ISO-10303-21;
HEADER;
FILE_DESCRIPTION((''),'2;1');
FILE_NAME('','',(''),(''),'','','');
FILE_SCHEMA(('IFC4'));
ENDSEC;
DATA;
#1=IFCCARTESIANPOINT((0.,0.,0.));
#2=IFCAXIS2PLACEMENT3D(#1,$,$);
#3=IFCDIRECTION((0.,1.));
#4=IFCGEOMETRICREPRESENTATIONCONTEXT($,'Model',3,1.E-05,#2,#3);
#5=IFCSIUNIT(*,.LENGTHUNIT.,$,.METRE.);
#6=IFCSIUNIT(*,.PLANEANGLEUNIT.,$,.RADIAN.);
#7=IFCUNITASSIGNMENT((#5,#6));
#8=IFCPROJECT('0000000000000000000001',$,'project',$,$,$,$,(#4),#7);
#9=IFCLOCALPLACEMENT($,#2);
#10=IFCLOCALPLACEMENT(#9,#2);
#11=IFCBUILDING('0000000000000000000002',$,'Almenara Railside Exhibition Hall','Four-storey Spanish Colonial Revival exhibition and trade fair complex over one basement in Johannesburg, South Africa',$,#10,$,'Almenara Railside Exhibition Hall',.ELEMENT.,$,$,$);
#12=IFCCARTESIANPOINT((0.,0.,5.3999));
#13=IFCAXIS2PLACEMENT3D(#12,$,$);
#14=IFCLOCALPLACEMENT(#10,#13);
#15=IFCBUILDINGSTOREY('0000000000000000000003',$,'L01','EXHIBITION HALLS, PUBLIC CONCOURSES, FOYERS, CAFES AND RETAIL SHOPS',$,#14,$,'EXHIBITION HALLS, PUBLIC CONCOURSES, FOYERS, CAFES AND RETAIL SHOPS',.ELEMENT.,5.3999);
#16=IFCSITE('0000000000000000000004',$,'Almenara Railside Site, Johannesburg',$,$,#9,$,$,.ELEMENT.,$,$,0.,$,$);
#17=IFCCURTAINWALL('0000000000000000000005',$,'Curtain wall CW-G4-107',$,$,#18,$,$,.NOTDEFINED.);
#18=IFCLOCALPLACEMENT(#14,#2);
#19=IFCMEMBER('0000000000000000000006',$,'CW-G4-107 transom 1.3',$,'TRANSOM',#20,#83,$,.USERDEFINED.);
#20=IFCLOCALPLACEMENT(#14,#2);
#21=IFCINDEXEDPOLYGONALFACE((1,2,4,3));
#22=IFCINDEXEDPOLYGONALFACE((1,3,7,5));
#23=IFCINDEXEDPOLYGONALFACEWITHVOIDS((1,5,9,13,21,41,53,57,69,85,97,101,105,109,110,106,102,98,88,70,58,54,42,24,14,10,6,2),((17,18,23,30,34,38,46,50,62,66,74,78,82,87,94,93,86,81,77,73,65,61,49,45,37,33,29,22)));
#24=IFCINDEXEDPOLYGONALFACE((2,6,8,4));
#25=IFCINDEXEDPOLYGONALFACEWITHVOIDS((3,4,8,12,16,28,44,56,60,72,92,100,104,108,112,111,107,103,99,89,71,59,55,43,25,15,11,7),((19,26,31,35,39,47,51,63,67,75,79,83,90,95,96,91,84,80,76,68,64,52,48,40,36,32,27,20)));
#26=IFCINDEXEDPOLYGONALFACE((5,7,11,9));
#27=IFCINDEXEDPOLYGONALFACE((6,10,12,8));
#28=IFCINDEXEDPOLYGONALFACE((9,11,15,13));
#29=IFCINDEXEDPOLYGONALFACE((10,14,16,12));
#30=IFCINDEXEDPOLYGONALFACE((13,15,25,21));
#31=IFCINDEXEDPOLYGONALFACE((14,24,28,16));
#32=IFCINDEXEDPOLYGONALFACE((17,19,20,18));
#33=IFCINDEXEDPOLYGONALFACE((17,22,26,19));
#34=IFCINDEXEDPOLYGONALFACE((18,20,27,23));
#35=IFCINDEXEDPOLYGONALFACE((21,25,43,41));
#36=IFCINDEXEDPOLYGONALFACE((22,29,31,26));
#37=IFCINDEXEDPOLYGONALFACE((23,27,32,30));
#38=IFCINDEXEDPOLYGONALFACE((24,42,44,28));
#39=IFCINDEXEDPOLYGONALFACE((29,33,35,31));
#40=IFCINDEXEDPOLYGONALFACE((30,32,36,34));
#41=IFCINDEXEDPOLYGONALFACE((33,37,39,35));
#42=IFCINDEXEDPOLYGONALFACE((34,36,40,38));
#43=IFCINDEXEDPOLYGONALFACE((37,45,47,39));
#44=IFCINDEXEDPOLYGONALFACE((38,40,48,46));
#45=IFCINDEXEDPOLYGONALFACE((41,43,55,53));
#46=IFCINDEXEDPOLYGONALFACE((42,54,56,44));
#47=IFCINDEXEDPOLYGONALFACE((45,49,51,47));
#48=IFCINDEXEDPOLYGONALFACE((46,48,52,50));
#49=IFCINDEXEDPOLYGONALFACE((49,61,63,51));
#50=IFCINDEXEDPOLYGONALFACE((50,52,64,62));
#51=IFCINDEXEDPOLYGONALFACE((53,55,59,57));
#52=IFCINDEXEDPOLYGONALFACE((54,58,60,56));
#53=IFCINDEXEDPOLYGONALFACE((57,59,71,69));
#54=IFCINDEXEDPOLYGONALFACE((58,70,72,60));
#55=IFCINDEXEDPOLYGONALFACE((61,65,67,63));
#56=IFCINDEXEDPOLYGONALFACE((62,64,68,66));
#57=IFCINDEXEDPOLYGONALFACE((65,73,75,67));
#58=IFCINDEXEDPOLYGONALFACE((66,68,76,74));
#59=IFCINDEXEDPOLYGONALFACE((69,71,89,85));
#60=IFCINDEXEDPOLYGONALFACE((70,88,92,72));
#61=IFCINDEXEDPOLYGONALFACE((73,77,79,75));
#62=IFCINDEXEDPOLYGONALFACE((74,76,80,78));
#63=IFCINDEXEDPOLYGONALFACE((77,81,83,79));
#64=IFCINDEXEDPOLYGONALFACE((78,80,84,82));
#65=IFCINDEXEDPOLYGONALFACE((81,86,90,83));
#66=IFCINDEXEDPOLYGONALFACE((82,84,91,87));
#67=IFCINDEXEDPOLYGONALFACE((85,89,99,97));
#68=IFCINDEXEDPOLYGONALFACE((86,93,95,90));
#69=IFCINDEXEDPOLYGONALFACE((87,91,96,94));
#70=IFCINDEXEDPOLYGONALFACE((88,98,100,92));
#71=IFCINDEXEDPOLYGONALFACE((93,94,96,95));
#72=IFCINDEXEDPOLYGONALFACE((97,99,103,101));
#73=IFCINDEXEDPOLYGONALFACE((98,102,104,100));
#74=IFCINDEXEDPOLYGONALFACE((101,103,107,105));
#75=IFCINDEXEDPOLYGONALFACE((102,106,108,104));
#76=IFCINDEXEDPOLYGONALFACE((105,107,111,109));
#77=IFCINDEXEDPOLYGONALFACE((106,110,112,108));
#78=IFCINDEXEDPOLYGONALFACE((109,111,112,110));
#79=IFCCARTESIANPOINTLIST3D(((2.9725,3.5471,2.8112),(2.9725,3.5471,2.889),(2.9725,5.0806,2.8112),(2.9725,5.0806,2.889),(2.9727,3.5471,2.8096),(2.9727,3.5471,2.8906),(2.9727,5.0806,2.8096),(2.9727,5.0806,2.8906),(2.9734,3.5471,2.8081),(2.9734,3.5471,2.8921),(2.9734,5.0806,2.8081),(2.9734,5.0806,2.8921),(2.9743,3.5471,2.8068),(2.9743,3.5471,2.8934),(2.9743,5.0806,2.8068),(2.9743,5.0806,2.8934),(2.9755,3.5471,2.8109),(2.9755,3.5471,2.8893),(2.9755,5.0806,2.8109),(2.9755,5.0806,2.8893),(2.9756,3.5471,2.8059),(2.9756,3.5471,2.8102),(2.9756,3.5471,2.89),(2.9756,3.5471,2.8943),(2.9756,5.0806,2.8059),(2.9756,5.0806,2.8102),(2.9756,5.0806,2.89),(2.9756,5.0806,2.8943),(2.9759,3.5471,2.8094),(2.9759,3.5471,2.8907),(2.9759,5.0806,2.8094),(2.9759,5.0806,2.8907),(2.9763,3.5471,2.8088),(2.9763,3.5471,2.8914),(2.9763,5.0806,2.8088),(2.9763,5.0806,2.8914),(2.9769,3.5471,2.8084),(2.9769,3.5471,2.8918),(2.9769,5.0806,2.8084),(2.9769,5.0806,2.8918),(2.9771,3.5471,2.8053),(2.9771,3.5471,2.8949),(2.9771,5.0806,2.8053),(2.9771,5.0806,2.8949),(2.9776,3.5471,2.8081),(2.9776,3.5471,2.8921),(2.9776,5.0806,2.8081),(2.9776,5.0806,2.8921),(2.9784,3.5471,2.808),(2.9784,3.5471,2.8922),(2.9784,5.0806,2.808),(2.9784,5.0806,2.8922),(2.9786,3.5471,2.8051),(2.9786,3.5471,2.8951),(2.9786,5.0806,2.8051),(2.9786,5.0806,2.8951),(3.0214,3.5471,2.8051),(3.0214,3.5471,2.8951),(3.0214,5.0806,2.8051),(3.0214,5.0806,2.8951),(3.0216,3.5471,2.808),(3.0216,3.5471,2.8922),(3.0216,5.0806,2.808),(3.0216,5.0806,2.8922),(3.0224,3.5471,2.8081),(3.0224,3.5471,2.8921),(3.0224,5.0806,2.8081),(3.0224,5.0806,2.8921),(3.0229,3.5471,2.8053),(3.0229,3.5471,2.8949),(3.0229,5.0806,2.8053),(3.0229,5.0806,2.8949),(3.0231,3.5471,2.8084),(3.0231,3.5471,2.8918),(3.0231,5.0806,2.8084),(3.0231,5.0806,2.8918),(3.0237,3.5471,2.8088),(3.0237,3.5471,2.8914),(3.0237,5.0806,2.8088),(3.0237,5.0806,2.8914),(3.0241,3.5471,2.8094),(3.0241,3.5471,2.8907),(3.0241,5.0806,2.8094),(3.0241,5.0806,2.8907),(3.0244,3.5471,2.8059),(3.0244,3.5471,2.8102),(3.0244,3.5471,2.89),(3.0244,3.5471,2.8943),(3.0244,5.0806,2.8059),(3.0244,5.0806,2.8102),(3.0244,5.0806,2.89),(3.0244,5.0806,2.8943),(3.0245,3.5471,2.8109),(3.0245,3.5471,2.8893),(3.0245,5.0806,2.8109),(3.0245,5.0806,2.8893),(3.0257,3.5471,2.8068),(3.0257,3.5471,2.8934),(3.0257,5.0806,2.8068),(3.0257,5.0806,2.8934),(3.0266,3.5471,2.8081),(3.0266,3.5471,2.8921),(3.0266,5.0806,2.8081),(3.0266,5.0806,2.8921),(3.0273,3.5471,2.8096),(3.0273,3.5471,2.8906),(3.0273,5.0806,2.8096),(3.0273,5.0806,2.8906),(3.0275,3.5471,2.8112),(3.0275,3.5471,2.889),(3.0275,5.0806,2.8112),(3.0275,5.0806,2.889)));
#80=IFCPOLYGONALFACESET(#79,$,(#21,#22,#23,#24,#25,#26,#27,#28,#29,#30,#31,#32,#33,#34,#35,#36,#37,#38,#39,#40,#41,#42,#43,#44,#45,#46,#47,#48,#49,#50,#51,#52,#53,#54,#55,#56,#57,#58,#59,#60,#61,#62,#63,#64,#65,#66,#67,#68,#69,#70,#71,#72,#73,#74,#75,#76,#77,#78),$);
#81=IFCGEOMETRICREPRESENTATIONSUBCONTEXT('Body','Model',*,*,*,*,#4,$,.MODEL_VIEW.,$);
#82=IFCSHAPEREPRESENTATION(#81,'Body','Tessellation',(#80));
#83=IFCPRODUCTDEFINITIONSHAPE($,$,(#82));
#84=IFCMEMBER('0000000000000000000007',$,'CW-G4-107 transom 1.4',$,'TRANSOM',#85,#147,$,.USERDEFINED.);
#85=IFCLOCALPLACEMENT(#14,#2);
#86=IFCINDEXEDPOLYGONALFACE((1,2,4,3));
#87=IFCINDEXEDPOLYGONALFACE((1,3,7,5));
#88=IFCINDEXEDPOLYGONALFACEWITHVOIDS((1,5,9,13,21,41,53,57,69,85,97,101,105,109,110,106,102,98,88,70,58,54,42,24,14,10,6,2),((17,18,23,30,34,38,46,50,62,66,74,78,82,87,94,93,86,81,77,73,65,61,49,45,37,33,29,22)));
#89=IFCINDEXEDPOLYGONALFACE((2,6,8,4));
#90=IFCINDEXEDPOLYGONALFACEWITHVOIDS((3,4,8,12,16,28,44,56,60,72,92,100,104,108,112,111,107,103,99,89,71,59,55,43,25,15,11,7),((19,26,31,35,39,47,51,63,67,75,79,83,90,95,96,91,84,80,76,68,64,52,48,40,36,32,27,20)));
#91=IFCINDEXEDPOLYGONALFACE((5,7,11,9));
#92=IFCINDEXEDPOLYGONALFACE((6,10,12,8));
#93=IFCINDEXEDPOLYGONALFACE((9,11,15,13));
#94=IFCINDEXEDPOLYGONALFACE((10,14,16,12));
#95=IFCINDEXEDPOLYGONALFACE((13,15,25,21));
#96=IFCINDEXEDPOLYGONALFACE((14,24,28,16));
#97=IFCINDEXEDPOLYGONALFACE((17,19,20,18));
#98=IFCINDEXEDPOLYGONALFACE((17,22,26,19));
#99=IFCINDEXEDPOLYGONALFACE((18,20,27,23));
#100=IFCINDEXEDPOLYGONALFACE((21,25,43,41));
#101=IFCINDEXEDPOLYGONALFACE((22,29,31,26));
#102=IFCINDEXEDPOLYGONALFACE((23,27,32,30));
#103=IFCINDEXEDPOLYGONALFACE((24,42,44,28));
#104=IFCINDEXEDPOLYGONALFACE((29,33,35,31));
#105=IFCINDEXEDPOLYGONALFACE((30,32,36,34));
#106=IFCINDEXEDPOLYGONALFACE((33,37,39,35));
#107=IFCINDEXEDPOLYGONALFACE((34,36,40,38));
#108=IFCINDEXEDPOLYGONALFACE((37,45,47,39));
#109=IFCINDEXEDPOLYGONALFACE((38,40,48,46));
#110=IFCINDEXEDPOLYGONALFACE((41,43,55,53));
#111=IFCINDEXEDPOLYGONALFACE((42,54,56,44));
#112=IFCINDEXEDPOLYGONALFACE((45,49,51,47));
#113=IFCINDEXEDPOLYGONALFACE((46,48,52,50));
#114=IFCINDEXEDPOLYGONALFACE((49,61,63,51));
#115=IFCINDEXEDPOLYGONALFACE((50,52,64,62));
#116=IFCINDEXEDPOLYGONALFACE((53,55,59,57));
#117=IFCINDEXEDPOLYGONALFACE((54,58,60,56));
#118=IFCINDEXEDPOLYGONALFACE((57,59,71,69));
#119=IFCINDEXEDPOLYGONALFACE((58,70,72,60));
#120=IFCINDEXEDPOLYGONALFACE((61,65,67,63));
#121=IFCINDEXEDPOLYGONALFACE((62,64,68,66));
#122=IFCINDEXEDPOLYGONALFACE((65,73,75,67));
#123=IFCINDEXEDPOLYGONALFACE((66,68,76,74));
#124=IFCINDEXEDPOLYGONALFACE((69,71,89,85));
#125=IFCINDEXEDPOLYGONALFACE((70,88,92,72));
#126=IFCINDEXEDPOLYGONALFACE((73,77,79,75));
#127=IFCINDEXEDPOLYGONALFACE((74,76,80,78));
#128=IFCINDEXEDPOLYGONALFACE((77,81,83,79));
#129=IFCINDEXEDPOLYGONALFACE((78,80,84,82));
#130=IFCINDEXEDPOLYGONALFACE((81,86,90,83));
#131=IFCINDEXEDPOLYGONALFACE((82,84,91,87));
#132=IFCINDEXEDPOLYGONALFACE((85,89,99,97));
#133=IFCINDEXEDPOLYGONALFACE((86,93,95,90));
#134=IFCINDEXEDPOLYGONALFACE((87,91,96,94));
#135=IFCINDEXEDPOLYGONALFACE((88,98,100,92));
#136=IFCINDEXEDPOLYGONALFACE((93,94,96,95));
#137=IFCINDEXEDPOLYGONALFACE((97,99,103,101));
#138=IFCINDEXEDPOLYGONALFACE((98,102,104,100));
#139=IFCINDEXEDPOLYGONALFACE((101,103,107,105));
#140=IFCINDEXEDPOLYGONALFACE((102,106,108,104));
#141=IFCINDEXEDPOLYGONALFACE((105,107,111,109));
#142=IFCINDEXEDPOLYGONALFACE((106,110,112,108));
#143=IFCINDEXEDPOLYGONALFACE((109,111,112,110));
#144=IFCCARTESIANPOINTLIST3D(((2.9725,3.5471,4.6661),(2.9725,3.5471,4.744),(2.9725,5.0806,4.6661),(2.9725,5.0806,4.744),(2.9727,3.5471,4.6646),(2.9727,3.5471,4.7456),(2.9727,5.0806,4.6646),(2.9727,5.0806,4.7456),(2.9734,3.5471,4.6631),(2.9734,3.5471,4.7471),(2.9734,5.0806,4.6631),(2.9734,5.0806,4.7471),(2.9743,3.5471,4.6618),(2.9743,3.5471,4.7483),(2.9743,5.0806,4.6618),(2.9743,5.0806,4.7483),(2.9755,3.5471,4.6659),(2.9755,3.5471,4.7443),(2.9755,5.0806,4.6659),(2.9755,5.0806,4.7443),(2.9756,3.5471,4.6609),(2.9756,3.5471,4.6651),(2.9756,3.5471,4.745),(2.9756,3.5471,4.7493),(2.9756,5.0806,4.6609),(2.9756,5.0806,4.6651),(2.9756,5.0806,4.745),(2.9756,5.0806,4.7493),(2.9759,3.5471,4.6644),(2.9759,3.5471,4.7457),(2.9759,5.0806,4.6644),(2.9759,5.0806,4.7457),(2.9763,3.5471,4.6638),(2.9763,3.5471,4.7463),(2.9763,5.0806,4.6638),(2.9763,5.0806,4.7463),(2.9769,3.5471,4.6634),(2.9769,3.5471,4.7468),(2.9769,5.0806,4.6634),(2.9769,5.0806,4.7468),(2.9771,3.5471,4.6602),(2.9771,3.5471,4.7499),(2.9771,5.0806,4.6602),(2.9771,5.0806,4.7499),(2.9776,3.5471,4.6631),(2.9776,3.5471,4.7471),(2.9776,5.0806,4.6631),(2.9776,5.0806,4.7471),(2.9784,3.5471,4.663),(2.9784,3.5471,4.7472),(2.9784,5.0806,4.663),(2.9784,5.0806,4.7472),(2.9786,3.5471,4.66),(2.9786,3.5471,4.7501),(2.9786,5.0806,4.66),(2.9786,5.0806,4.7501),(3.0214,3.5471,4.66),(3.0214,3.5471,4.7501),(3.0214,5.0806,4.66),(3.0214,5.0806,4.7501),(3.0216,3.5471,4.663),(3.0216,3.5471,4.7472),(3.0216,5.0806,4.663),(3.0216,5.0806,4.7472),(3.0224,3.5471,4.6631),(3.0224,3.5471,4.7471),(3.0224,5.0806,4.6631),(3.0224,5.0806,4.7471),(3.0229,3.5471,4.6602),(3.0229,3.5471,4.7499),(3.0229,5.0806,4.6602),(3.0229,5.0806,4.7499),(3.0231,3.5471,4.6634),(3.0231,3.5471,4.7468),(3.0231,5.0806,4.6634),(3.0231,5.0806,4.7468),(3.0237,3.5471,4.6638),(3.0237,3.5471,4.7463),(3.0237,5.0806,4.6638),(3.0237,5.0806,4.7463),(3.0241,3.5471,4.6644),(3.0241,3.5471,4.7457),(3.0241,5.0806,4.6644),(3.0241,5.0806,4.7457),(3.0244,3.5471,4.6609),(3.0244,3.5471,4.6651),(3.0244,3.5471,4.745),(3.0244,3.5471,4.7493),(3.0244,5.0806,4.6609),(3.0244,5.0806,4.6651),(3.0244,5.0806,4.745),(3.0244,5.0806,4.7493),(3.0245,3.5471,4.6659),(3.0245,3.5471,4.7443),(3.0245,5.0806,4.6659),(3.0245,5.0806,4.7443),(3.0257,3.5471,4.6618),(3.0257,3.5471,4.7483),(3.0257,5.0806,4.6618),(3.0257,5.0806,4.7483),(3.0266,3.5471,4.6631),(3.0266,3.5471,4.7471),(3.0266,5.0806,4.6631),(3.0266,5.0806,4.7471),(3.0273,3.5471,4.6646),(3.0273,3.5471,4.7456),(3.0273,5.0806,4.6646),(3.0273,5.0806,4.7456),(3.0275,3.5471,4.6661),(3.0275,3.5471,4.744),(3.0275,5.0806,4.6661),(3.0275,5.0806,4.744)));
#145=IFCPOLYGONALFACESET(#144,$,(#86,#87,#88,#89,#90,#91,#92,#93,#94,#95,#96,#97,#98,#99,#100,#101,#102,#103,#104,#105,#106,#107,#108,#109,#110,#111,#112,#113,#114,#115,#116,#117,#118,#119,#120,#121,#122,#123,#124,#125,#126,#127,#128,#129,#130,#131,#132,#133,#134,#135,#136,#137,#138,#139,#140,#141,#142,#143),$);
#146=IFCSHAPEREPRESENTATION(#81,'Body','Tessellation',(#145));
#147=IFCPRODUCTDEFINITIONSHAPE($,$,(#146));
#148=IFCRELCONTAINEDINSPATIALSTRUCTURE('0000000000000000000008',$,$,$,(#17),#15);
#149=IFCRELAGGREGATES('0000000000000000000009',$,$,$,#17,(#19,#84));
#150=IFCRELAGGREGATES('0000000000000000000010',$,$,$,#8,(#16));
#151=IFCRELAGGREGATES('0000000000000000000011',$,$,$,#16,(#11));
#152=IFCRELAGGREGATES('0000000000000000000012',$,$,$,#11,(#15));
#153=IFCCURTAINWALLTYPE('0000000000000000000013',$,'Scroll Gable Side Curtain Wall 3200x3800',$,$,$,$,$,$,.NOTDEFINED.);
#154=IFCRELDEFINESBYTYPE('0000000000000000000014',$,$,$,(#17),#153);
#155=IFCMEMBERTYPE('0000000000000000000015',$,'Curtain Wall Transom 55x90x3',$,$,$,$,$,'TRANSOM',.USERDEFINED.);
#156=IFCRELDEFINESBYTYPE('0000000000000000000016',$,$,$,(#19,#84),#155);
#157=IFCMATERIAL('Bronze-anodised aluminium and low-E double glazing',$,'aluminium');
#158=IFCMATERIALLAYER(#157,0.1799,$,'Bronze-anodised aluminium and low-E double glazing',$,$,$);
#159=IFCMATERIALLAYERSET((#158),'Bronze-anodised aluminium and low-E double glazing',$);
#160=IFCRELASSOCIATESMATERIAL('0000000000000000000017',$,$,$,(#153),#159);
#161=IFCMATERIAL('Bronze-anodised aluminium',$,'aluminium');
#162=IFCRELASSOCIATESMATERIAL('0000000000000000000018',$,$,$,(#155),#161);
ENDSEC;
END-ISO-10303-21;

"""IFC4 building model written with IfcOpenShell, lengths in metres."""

from ifc_helpers import new_model, si_unit, direction, frame, origin, origin_2d, place, context, subcontext, project, spatial, hollow_rectangle, extrude, material, layer, layer_set, material_profile, profile_set, type_object, element, aggregate, save


model = new_model("IFC4")

# Units and contexts
model_context = context("Model", 3, precision=1e-05, world=origin(), true_north=direction((0.0, 1.0)))
body_context = subcontext(model_context, "Body", "Model", "MODEL_VIEW")
ifc_project = project(units=[si_unit("LENGTHUNIT", "METRE"), si_unit("PLANEANGLEUNIT", "RADIAN")], contexts=[model_context])

# Site, building, storey
site_placement = place(None, origin())
site = spatial("IfcSite", under=ifc_project, at=site_placement, Name="Almenara Railside Site, Johannesburg", CompositionType="ELEMENT", RefElevation=0.0)
building_placement = place(site_placement, origin())
building = spatial("IfcBuilding", under=site, at=building_placement, Name="Almenara Railside Exhibition Hall", Description="Four-storey Spanish Colonial Revival exhibition and trade fair complex over one basement in Johannesburg, South Africa", LongName="Almenara Railside Exhibition Hall", CompositionType="ELEMENT")
storey_placement = place(building_placement, frame((0.0, 0.0, 5.3999)))
storey = spatial("IfcBuildingStorey", under=building, at=storey_placement, Name="L01", Description="EXHIBITION HALLS, PUBLIC CONCOURSES, FOYERS, CAFES AND RETAIL SHOPS", LongName="EXHIBITION HALLS, PUBLIC CONCOURSES, FOYERS, CAFES AND RETAIL SHOPS", CompositionType="ELEMENT", Elevation=5.3999)

# Curtain wall
ifc_material_1 = material(Name="Bronze-anodised aluminium and low-E double glazing", Category="aluminium")
ifc_layer_1 = layer(ifc_material_1, 0.1799, Name="Bronze-anodised aluminium and low-E double glazing")
ifc_layer_set_1 = layer_set([ifc_layer_1], Name="Bronze-anodised aluminium and low-E double glazing")
curtain_wall_type = type_object("IfcCurtainWallType", Name="Scroll Gable Side Curtain Wall 3200x3800", PredefinedType="NOTDEFINED", material=ifc_layer_set_1)
curtain_wall_1_placement = place(storey_placement, origin())
curtain_wall_1 = element("IfcCurtainWall", 1, at=curtain_wall_1_placement, inside=storey, type_object=curtain_wall_type, Name="Curtain wall CW-G4-107", PredefinedType="NOTDEFINED")
ifc_material_2 = material(Name="Bronze-anodised aluminium", Category="aluminium")

# Members
ifc_material_profile_1 = material_profile(ifc_material_2, hollow_rectangle(XDim=0.0549, YDim=0.0901, WallThickness=0.0029, InnerFilletRadius=0.0029, OuterFilletRadius=0.0061, at=origin_2d()), Name="ALU-TRN 55x90x3")
ifc_profile_set_1 = profile_set([ifc_material_profile_1], Name="Bronze-anodised aluminium")
member_type_1 = type_object("IfcMemberType", Name="Curtain Wall Transom 55x90x3", ElementType="TRANSOM", PredefinedType="USERDEFINED", material=ifc_profile_set_1)
member_1_placement = place(storey_placement, frame((3.0, 3.5471, 2.8501), z_axis=(0.0, 1.0, 0.0), x_axis=(-1.0, 0.0, 0.0)))
member_1 = element("IfcMember", 2, at=member_1_placement, type_object=member_type_1, Name="CW-G4-107 transom 1.3", ObjectType="TRANSOM", PredefinedType="USERDEFINED", context=body_context, shape_type="SweptSolid", body=[
    extrude(hollow_rectangle(XDim=0.0549, YDim=0.0901, WallThickness=0.0029, InnerFilletRadius=0.0029, OuterFilletRadius=0.0061, at=origin_2d()), origin(), (0.0, 0.0, 1.0), 1.5334),
])
member_2_placement = place(storey_placement, frame((3.0, 3.5471, 4.7051), z_axis=(0.0, 1.0, 0.0), x_axis=(-1.0, 0.0, 0.0)))
member_2 = element("IfcMember", 3, at=member_2_placement, type_object=member_type_1, Name="CW-G4-107 transom 1.4", ObjectType="TRANSOM", PredefinedType="USERDEFINED", context=body_context, shape_type="SweptSolid", body=[
    extrude(hollow_rectangle(XDim=0.0549, YDim=0.0901, WallThickness=0.0029, InnerFilletRadius=0.0029, OuterFilletRadius=0.0061, at=origin_2d()), origin(), (0.0, 0.0, 1.0), 1.5334),
])

aggregate(curtain_wall_1, [member_1, member_2])

save(model, "model.ifc")
